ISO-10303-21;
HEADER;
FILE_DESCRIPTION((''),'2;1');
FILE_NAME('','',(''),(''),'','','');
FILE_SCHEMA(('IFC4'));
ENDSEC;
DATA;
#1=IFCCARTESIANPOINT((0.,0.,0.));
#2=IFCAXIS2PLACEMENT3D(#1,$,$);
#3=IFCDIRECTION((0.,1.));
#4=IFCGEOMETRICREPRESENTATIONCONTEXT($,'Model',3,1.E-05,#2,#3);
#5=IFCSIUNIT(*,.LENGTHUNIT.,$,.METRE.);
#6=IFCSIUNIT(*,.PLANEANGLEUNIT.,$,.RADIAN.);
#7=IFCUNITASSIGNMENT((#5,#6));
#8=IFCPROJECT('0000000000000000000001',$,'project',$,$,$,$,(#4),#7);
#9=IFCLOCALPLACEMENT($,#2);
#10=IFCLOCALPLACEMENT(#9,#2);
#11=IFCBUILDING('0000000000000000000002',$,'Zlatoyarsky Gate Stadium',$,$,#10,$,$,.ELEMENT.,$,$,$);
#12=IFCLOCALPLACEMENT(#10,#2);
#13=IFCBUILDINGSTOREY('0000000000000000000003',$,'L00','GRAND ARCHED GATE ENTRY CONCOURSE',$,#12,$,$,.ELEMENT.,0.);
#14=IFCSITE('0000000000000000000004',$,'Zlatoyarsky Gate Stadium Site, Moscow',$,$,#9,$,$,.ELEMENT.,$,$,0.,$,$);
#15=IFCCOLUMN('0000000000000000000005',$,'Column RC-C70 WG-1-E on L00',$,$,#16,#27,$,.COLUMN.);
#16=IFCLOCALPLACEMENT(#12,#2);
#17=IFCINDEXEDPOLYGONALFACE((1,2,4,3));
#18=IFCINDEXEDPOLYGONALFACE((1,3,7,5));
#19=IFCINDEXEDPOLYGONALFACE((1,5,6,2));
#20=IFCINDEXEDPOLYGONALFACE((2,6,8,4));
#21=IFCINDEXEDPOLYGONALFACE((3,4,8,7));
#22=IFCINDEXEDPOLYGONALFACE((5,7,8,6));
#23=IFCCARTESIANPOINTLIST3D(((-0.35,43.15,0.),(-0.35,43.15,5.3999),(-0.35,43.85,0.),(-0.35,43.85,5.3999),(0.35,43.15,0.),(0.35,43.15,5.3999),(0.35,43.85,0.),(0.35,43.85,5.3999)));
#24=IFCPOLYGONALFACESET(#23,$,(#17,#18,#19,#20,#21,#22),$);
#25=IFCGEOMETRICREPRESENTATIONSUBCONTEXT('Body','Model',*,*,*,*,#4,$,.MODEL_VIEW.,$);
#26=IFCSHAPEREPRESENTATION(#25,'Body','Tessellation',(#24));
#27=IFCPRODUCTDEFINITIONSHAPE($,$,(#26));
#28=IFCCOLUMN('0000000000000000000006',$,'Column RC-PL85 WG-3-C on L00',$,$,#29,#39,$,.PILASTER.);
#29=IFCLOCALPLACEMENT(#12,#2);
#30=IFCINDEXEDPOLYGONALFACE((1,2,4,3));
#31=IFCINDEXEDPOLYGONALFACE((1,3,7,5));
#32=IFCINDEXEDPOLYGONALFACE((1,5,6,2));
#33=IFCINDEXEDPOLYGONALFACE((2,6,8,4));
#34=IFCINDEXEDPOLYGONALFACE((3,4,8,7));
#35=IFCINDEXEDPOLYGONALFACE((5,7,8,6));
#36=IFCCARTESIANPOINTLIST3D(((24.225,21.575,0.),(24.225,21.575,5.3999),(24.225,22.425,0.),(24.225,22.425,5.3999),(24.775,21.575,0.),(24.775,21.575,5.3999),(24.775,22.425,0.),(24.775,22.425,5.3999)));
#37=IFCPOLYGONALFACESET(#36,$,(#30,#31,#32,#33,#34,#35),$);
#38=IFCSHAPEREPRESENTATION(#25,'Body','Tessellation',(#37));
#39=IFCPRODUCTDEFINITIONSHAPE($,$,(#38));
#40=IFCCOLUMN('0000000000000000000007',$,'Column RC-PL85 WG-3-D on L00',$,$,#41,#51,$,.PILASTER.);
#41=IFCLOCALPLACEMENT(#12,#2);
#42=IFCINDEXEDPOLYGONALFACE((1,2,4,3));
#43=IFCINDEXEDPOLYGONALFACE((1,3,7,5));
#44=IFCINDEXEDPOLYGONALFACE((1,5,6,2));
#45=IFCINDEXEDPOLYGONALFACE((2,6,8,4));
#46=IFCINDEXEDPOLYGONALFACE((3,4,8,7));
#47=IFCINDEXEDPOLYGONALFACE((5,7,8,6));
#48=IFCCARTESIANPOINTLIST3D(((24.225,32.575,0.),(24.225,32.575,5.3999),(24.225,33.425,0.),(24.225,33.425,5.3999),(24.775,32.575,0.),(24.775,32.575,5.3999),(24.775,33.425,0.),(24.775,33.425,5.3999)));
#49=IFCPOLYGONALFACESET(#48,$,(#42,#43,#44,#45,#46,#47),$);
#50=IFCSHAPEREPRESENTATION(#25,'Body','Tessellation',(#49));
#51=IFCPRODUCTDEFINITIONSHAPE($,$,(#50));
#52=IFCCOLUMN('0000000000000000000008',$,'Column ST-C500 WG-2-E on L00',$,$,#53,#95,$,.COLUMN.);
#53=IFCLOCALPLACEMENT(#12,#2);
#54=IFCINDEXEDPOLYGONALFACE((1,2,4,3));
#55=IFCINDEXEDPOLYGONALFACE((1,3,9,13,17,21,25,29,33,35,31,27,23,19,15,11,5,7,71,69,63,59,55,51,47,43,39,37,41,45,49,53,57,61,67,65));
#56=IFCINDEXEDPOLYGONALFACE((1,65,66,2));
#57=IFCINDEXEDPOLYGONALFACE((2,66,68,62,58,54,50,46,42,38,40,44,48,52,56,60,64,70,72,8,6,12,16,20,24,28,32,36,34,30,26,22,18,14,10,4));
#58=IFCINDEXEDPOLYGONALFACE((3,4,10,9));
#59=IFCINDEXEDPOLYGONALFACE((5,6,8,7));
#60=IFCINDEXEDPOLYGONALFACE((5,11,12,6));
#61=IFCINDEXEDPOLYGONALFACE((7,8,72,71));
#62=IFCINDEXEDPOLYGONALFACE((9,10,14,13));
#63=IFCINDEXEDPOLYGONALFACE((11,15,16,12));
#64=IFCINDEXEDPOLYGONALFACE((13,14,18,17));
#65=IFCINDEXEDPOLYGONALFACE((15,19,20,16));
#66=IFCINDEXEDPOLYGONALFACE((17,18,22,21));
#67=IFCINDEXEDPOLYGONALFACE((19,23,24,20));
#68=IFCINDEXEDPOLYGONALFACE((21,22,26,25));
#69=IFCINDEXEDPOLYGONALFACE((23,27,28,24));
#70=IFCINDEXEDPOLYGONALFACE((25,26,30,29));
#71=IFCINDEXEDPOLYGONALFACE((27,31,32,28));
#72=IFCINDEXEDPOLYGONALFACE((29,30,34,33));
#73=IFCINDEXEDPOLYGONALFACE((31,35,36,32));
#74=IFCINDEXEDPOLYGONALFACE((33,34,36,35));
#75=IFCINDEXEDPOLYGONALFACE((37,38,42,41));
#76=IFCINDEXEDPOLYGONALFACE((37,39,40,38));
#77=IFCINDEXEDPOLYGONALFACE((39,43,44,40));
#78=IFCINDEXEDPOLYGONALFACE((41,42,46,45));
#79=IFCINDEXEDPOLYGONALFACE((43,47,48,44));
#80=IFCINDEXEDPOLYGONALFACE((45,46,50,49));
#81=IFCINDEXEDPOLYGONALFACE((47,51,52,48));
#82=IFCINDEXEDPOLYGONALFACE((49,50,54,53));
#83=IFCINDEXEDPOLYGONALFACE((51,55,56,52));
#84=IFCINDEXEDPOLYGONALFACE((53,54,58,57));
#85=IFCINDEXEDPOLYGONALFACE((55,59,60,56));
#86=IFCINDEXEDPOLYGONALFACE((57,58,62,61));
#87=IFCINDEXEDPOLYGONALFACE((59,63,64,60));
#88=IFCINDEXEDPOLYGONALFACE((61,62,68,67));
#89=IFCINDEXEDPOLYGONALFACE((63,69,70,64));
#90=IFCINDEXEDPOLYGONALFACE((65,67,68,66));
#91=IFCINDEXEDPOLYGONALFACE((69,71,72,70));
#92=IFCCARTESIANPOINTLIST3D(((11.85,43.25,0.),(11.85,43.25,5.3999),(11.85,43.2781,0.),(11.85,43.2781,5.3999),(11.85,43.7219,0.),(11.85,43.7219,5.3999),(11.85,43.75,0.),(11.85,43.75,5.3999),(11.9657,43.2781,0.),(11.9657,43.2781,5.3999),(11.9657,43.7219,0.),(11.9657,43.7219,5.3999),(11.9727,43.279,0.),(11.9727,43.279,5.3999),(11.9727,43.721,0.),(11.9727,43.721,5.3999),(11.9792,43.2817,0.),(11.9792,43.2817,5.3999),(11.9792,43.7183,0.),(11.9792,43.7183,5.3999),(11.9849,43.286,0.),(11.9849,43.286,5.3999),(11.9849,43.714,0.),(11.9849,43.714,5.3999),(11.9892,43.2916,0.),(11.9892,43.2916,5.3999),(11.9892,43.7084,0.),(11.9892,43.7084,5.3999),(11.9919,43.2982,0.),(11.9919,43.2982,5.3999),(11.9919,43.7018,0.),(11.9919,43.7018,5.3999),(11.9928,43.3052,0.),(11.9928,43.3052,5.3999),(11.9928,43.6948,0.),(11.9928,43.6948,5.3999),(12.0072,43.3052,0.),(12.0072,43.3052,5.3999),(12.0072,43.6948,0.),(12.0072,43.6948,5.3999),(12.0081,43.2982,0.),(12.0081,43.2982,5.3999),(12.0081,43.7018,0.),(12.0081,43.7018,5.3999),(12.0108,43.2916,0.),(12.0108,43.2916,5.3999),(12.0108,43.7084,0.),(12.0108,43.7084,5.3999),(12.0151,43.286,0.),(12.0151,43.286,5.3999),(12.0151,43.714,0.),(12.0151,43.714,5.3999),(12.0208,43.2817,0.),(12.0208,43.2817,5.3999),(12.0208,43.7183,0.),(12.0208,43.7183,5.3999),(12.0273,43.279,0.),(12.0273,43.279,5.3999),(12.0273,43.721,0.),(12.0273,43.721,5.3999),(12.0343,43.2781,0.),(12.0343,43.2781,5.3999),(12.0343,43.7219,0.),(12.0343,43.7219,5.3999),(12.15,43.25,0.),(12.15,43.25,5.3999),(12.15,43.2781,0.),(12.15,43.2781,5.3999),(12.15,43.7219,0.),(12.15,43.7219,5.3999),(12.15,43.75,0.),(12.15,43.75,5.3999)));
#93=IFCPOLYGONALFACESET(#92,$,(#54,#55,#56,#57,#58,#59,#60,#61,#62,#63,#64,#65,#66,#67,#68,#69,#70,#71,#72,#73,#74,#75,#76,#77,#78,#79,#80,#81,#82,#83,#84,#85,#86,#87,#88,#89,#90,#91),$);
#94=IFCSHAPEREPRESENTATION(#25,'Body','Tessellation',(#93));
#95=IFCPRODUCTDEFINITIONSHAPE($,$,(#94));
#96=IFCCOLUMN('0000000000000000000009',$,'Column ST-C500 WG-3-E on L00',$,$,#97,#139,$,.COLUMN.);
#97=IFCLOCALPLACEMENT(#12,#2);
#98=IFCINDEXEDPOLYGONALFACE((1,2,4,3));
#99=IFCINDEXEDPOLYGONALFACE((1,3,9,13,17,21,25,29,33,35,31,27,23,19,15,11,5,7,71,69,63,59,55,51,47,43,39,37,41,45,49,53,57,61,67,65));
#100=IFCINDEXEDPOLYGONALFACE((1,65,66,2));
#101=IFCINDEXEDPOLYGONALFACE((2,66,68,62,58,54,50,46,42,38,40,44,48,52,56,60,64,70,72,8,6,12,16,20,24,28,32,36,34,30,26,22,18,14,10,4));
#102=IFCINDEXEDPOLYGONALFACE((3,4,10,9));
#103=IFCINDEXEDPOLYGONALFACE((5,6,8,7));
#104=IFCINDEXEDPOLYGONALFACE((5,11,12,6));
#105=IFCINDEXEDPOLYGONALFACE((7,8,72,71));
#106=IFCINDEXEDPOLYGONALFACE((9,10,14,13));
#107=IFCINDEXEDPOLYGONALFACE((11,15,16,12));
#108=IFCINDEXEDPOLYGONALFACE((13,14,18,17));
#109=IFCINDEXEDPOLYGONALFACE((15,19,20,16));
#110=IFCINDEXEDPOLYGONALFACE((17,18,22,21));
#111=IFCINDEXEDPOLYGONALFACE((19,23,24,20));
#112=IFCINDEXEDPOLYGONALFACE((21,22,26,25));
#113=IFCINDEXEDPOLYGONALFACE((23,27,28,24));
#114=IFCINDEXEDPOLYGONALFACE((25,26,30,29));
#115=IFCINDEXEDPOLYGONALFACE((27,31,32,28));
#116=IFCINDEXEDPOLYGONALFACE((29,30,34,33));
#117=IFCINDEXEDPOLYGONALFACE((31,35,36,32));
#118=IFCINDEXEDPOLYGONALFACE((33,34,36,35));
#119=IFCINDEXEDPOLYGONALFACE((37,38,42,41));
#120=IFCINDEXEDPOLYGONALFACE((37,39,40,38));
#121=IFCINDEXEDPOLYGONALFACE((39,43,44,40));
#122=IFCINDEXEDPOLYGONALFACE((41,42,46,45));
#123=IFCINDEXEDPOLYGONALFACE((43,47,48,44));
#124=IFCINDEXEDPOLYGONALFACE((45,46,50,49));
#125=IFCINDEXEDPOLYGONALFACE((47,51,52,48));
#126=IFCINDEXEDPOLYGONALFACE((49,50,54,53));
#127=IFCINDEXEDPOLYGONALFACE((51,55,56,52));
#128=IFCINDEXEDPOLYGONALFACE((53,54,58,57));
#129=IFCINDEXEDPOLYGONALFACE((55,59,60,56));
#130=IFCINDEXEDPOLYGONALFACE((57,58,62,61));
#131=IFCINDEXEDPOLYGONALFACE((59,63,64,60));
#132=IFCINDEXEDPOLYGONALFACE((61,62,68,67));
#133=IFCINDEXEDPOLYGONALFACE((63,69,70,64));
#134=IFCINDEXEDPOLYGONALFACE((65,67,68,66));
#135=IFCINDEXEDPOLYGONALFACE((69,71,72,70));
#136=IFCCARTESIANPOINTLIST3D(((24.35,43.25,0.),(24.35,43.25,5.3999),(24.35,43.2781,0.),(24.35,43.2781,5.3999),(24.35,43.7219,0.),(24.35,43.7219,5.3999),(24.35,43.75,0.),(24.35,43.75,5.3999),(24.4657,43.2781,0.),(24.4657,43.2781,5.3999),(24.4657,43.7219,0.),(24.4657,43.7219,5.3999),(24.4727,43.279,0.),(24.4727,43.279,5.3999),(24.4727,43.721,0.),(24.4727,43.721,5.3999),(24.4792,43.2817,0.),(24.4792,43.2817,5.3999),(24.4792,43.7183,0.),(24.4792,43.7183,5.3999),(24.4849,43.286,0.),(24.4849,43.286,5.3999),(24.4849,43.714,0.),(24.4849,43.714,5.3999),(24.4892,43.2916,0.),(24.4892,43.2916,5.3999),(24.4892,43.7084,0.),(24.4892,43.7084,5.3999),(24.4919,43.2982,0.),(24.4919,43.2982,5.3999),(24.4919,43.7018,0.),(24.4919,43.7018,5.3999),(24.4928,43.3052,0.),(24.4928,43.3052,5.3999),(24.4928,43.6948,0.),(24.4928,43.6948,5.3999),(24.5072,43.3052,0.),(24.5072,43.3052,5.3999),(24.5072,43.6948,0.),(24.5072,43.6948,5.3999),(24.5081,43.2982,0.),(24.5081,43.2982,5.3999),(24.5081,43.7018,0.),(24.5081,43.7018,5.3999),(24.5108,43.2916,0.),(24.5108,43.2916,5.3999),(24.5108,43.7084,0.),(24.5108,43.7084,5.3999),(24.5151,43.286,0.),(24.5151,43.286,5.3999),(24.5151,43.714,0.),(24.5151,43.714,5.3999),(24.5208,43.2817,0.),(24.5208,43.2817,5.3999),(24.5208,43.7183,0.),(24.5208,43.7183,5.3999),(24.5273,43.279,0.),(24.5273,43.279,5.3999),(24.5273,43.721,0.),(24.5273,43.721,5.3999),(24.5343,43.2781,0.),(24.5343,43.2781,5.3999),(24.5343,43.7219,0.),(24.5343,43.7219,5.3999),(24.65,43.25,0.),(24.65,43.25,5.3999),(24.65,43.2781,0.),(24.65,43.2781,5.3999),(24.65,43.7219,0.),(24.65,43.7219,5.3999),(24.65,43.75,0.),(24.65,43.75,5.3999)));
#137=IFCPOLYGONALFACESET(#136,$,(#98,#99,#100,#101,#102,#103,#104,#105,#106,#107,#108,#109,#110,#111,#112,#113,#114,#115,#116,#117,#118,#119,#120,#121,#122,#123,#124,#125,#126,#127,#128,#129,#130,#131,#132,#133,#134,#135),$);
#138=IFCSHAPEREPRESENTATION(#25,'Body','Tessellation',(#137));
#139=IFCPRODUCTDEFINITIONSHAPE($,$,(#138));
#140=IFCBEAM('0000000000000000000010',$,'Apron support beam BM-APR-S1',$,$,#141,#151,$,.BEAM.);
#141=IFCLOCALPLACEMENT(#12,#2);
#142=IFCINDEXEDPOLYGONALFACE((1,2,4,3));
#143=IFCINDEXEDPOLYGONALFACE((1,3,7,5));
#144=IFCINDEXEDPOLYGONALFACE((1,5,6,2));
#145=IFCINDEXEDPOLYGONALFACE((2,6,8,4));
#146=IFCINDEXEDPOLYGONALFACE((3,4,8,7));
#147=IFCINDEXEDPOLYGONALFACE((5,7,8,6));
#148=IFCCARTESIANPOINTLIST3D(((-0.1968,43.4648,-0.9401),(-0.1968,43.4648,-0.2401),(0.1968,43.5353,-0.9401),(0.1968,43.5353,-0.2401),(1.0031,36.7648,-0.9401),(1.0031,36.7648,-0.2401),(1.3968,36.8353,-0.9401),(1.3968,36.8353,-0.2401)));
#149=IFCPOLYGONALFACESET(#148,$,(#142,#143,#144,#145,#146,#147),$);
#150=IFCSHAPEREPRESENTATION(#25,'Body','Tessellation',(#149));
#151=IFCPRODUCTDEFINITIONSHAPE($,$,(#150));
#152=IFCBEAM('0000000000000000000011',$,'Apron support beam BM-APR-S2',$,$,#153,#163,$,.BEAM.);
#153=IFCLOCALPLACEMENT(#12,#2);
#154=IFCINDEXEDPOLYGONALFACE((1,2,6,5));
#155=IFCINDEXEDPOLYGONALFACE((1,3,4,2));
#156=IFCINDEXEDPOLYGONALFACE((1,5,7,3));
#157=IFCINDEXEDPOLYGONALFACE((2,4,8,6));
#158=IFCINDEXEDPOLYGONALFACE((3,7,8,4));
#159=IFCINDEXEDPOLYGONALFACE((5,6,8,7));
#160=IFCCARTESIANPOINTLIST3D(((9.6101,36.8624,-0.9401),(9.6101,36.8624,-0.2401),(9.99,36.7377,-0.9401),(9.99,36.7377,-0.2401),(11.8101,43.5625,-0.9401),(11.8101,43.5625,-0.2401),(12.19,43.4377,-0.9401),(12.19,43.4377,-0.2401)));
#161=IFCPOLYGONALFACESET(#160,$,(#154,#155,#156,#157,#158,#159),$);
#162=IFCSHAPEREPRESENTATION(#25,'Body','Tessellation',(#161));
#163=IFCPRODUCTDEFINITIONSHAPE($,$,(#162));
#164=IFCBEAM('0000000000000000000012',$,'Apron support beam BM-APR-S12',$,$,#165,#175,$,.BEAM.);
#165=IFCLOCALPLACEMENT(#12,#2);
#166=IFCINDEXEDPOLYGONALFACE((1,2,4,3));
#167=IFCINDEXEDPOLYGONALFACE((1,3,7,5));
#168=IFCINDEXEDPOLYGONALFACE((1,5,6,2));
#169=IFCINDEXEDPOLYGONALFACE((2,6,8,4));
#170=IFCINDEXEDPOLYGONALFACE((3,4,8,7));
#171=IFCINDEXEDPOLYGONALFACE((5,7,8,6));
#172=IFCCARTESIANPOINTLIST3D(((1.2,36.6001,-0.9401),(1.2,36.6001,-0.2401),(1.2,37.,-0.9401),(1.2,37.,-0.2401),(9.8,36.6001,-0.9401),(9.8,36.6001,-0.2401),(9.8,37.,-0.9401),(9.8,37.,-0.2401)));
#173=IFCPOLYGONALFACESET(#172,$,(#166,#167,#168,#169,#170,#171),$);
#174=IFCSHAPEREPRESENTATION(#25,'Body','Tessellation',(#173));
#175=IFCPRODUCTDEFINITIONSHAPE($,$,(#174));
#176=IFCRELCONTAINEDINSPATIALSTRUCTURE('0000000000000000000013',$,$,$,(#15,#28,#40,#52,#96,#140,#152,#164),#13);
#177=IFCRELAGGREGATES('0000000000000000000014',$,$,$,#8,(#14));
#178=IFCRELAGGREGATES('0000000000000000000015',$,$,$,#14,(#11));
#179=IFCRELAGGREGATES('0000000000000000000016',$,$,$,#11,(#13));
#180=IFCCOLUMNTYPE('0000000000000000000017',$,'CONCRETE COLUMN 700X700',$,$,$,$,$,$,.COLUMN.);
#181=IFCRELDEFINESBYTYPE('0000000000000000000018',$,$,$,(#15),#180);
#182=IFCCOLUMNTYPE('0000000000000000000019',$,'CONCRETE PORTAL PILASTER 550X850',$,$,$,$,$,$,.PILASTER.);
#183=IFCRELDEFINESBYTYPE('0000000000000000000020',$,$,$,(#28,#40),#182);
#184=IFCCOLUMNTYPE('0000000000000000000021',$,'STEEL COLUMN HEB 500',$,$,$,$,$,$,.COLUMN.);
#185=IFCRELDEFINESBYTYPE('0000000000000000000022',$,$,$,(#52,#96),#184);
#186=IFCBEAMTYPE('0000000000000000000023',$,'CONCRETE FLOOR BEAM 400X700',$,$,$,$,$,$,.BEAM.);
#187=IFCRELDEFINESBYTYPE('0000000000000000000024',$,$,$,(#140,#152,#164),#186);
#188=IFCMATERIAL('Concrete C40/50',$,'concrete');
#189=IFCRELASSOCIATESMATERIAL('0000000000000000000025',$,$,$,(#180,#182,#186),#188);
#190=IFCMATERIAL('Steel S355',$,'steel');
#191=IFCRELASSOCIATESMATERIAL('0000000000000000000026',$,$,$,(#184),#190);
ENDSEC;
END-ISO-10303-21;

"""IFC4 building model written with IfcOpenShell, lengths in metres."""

from ifc_helpers import new_model, si_unit, direction, frame, origin, origin_2d, place, context, subcontext, project, spatial, rectangle, i_section, extrude, material, material_profile, profile_set, type_object, element, save


model = new_model("IFC4")

# Units and contexts
model_context = context("Model", 3, precision=1e-05, world=origin(), true_north=direction((0.0, 1.0)))
body_context = subcontext(model_context, "Body", "Model", "MODEL_VIEW")
ifc_project = project(units=[si_unit("LENGTHUNIT", "METRE"), si_unit("PLANEANGLEUNIT", "RADIAN")], contexts=[model_context])

# Site, building, storey
site_placement = place(None, origin())
site = spatial("IfcSite", under=ifc_project, at=site_placement, Name="Zlatoyarsky Gate Stadium Site, Moscow", CompositionType="ELEMENT", RefElevation=0.0)
building_placement = place(site_placement, origin())
building = spatial("IfcBuilding", under=site, at=building_placement, Name="Zlatoyarsky Gate Stadium", CompositionType="ELEMENT")
storey_placement = place(building_placement, origin())
storey = spatial("IfcBuildingStorey", under=building, at=storey_placement, Name="L00", Description="GRAND ARCHED GATE ENTRY CONCOURSE", CompositionType="ELEMENT", Elevation=0.0)

# Columns
ifc_material_1 = material(Name="Concrete C40/50", Category="concrete")
ifc_material_profile_1 = material_profile(ifc_material_1, rectangle(XDim=0.7, YDim=0.7, at=origin_2d()), Name="RC COL 700X700")
ifc_profile_set_1 = profile_set([ifc_material_profile_1], Name="Concrete C40/50")
column_type_1 = type_object("IfcColumnType", Name="CONCRETE COLUMN 700X700", PredefinedType="COLUMN", material=ifc_profile_set_1)
column_placement = place(storey_placement, frame((0.0, 43.5, 0.0), z_axis=(0.0, 0.0, 1.0), x_axis=(1.0, 0.0, 0.0)))
element("IfcColumn", 1, at=column_placement, inside=storey, type_object=column_type_1, Name="Column RC-C70 WG-1-E on L00", PredefinedType="COLUMN", context=body_context, shape_type="SweptSolid", body=[
    extrude(rectangle(XDim=0.7, YDim=0.7, at=origin_2d()), origin(), (0.0, 0.0, 1.0), 5.3999),
])
ifc_material_profile_2 = material_profile(ifc_material_1, rectangle(XDim=0.55, YDim=0.8501, at=origin_2d()), Name="RC PILASTER 550X850")
ifc_profile_set_2 = profile_set([ifc_material_profile_2], Name="Concrete C40/50")
column_type_2 = type_object("IfcColumnType", Name="CONCRETE PORTAL PILASTER 550X850", PredefinedType="PILASTER", material=ifc_profile_set_2)
for number, where, z_axis, x_axis, name in (
    (2, (24.5, 22.0, 0.0), (0.0, 0.0, 1.0), (1.0, 0.0, 0.0), "Column RC-PL85 WG-3-C on L00"),
    (3, (24.5, 33.0, 0.0), (0.0, 0.0, 1.0), (1.0, 0.0, 0.0), "Column RC-PL85 WG-3-D on L00"),
):
    element("IfcColumn", number, at=place(storey_placement, frame(where, z_axis=z_axis, x_axis=x_axis)), inside=storey, type_object=column_type_2, Name=name, PredefinedType="PILASTER", context=body_context, shape_type="SweptSolid", body=[
        extrude(rectangle(XDim=0.55, YDim=0.8501, at=origin_2d()), origin(), (0.0, 0.0, 1.0), 5.3999),
    ])
ifc_material_2 = material(Name="Steel S355", Category="steel")
ifc_material_profile_3 = material_profile(ifc_material_2, i_section(OverallWidth=0.3, OverallDepth=0.5, WebThickness=0.0144, FlangeThickness=0.0281, FilletRadius=0.0271, at=origin_2d()), Name="HEB 500")
ifc_profile_set_3 = profile_set([ifc_material_profile_3], Name="Steel S355")
column_type_3 = type_object("IfcColumnType", Name="STEEL COLUMN HEB 500", PredefinedType="COLUMN", material=ifc_profile_set_3)
for number, where, z_axis, x_axis, name in (
    (4, (12.0, 43.5, 0.0), (0.0, 0.0, 1.0), (1.0, 0.0, 0.0), "Column ST-C500 WG-2-E on L00"),
    (5, (24.5, 43.5, 0.0), (0.0, 0.0, 1.0), (1.0, 0.0, 0.0), "Column ST-C500 WG-3-E on L00"),
):
    element("IfcColumn", number, at=place(storey_placement, frame(where, z_axis=z_axis, x_axis=x_axis)), inside=storey, type_object=column_type_3, Name=name, PredefinedType="COLUMN", context=body_context, shape_type="SweptSolid", body=[
        extrude(i_section(OverallWidth=0.3, OverallDepth=0.5, WebThickness=0.0144, FlangeThickness=0.0281, FilletRadius=0.0271, at=origin_2d()), origin(), (0.0, 0.0, 1.0), 5.3999),
    ])

# Beams
ifc_material_profile_4 = material_profile(ifc_material_1, rectangle(XDim=0.3999, YDim=0.7, at=origin_2d()), Name="RC BEAM 400X700")
ifc_profile_set_4 = profile_set([ifc_material_profile_4], Name="Concrete C40/50")
beam_type_1 = type_object("IfcBeamType", Name="CONCRETE FLOOR BEAM 400X700", PredefinedType="BEAM", material=ifc_profile_set_4)
beam_1_placement = place(storey_placement, frame((1.2, 36.8, -0.5901), z_axis=(-0.176293, 0.984338, 0.0), x_axis=(-0.984338, -0.176293, 0.0)))
element("IfcBeam", 6, at=beam_1_placement, inside=storey, type_object=beam_type_1, Name="Apron support beam BM-APR-S1", PredefinedType="BEAM", context=body_context, shape_type="SweptSolid", body=[
    extrude(rectangle(XDim=0.3999, YDim=0.7, at=origin_2d()), origin(), (0.0, 0.0, 1.0), 6.8066),
])
beam_2_placement = place(storey_placement, frame((9.8, 36.8, -0.5901), z_axis=(0.311966, 0.950093, 0.0), x_axis=(-0.950093, 0.311966, 0.0)))
element("IfcBeam", 7, at=beam_2_placement, inside=storey, type_object=beam_type_1, Name="Apron support beam BM-APR-S2", PredefinedType="BEAM", context=body_context, shape_type="SweptSolid", body=[
    extrude(rectangle(XDim=0.3999, YDim=0.7, at=origin_2d()), origin(), (0.0, 0.0, 1.0), 7.052),
])
beam_3_placement = place(storey_placement, frame((1.2, 36.8, -0.5901), z_axis=(1.0, 0.0, 0.0), x_axis=(0.0, 1.0, 0.0)))
element("IfcBeam", 8, at=beam_3_placement, inside=storey, type_object=beam_type_1, Name="Apron support beam BM-APR-S12", PredefinedType="BEAM", context=body_context, shape_type="SweptSolid", body=[
    extrude(rectangle(XDim=0.3999, YDim=0.7, at=origin_2d()), origin(), (0.0, 0.0, 1.0), 8.6001),
])

save(model, "model.ifc")
